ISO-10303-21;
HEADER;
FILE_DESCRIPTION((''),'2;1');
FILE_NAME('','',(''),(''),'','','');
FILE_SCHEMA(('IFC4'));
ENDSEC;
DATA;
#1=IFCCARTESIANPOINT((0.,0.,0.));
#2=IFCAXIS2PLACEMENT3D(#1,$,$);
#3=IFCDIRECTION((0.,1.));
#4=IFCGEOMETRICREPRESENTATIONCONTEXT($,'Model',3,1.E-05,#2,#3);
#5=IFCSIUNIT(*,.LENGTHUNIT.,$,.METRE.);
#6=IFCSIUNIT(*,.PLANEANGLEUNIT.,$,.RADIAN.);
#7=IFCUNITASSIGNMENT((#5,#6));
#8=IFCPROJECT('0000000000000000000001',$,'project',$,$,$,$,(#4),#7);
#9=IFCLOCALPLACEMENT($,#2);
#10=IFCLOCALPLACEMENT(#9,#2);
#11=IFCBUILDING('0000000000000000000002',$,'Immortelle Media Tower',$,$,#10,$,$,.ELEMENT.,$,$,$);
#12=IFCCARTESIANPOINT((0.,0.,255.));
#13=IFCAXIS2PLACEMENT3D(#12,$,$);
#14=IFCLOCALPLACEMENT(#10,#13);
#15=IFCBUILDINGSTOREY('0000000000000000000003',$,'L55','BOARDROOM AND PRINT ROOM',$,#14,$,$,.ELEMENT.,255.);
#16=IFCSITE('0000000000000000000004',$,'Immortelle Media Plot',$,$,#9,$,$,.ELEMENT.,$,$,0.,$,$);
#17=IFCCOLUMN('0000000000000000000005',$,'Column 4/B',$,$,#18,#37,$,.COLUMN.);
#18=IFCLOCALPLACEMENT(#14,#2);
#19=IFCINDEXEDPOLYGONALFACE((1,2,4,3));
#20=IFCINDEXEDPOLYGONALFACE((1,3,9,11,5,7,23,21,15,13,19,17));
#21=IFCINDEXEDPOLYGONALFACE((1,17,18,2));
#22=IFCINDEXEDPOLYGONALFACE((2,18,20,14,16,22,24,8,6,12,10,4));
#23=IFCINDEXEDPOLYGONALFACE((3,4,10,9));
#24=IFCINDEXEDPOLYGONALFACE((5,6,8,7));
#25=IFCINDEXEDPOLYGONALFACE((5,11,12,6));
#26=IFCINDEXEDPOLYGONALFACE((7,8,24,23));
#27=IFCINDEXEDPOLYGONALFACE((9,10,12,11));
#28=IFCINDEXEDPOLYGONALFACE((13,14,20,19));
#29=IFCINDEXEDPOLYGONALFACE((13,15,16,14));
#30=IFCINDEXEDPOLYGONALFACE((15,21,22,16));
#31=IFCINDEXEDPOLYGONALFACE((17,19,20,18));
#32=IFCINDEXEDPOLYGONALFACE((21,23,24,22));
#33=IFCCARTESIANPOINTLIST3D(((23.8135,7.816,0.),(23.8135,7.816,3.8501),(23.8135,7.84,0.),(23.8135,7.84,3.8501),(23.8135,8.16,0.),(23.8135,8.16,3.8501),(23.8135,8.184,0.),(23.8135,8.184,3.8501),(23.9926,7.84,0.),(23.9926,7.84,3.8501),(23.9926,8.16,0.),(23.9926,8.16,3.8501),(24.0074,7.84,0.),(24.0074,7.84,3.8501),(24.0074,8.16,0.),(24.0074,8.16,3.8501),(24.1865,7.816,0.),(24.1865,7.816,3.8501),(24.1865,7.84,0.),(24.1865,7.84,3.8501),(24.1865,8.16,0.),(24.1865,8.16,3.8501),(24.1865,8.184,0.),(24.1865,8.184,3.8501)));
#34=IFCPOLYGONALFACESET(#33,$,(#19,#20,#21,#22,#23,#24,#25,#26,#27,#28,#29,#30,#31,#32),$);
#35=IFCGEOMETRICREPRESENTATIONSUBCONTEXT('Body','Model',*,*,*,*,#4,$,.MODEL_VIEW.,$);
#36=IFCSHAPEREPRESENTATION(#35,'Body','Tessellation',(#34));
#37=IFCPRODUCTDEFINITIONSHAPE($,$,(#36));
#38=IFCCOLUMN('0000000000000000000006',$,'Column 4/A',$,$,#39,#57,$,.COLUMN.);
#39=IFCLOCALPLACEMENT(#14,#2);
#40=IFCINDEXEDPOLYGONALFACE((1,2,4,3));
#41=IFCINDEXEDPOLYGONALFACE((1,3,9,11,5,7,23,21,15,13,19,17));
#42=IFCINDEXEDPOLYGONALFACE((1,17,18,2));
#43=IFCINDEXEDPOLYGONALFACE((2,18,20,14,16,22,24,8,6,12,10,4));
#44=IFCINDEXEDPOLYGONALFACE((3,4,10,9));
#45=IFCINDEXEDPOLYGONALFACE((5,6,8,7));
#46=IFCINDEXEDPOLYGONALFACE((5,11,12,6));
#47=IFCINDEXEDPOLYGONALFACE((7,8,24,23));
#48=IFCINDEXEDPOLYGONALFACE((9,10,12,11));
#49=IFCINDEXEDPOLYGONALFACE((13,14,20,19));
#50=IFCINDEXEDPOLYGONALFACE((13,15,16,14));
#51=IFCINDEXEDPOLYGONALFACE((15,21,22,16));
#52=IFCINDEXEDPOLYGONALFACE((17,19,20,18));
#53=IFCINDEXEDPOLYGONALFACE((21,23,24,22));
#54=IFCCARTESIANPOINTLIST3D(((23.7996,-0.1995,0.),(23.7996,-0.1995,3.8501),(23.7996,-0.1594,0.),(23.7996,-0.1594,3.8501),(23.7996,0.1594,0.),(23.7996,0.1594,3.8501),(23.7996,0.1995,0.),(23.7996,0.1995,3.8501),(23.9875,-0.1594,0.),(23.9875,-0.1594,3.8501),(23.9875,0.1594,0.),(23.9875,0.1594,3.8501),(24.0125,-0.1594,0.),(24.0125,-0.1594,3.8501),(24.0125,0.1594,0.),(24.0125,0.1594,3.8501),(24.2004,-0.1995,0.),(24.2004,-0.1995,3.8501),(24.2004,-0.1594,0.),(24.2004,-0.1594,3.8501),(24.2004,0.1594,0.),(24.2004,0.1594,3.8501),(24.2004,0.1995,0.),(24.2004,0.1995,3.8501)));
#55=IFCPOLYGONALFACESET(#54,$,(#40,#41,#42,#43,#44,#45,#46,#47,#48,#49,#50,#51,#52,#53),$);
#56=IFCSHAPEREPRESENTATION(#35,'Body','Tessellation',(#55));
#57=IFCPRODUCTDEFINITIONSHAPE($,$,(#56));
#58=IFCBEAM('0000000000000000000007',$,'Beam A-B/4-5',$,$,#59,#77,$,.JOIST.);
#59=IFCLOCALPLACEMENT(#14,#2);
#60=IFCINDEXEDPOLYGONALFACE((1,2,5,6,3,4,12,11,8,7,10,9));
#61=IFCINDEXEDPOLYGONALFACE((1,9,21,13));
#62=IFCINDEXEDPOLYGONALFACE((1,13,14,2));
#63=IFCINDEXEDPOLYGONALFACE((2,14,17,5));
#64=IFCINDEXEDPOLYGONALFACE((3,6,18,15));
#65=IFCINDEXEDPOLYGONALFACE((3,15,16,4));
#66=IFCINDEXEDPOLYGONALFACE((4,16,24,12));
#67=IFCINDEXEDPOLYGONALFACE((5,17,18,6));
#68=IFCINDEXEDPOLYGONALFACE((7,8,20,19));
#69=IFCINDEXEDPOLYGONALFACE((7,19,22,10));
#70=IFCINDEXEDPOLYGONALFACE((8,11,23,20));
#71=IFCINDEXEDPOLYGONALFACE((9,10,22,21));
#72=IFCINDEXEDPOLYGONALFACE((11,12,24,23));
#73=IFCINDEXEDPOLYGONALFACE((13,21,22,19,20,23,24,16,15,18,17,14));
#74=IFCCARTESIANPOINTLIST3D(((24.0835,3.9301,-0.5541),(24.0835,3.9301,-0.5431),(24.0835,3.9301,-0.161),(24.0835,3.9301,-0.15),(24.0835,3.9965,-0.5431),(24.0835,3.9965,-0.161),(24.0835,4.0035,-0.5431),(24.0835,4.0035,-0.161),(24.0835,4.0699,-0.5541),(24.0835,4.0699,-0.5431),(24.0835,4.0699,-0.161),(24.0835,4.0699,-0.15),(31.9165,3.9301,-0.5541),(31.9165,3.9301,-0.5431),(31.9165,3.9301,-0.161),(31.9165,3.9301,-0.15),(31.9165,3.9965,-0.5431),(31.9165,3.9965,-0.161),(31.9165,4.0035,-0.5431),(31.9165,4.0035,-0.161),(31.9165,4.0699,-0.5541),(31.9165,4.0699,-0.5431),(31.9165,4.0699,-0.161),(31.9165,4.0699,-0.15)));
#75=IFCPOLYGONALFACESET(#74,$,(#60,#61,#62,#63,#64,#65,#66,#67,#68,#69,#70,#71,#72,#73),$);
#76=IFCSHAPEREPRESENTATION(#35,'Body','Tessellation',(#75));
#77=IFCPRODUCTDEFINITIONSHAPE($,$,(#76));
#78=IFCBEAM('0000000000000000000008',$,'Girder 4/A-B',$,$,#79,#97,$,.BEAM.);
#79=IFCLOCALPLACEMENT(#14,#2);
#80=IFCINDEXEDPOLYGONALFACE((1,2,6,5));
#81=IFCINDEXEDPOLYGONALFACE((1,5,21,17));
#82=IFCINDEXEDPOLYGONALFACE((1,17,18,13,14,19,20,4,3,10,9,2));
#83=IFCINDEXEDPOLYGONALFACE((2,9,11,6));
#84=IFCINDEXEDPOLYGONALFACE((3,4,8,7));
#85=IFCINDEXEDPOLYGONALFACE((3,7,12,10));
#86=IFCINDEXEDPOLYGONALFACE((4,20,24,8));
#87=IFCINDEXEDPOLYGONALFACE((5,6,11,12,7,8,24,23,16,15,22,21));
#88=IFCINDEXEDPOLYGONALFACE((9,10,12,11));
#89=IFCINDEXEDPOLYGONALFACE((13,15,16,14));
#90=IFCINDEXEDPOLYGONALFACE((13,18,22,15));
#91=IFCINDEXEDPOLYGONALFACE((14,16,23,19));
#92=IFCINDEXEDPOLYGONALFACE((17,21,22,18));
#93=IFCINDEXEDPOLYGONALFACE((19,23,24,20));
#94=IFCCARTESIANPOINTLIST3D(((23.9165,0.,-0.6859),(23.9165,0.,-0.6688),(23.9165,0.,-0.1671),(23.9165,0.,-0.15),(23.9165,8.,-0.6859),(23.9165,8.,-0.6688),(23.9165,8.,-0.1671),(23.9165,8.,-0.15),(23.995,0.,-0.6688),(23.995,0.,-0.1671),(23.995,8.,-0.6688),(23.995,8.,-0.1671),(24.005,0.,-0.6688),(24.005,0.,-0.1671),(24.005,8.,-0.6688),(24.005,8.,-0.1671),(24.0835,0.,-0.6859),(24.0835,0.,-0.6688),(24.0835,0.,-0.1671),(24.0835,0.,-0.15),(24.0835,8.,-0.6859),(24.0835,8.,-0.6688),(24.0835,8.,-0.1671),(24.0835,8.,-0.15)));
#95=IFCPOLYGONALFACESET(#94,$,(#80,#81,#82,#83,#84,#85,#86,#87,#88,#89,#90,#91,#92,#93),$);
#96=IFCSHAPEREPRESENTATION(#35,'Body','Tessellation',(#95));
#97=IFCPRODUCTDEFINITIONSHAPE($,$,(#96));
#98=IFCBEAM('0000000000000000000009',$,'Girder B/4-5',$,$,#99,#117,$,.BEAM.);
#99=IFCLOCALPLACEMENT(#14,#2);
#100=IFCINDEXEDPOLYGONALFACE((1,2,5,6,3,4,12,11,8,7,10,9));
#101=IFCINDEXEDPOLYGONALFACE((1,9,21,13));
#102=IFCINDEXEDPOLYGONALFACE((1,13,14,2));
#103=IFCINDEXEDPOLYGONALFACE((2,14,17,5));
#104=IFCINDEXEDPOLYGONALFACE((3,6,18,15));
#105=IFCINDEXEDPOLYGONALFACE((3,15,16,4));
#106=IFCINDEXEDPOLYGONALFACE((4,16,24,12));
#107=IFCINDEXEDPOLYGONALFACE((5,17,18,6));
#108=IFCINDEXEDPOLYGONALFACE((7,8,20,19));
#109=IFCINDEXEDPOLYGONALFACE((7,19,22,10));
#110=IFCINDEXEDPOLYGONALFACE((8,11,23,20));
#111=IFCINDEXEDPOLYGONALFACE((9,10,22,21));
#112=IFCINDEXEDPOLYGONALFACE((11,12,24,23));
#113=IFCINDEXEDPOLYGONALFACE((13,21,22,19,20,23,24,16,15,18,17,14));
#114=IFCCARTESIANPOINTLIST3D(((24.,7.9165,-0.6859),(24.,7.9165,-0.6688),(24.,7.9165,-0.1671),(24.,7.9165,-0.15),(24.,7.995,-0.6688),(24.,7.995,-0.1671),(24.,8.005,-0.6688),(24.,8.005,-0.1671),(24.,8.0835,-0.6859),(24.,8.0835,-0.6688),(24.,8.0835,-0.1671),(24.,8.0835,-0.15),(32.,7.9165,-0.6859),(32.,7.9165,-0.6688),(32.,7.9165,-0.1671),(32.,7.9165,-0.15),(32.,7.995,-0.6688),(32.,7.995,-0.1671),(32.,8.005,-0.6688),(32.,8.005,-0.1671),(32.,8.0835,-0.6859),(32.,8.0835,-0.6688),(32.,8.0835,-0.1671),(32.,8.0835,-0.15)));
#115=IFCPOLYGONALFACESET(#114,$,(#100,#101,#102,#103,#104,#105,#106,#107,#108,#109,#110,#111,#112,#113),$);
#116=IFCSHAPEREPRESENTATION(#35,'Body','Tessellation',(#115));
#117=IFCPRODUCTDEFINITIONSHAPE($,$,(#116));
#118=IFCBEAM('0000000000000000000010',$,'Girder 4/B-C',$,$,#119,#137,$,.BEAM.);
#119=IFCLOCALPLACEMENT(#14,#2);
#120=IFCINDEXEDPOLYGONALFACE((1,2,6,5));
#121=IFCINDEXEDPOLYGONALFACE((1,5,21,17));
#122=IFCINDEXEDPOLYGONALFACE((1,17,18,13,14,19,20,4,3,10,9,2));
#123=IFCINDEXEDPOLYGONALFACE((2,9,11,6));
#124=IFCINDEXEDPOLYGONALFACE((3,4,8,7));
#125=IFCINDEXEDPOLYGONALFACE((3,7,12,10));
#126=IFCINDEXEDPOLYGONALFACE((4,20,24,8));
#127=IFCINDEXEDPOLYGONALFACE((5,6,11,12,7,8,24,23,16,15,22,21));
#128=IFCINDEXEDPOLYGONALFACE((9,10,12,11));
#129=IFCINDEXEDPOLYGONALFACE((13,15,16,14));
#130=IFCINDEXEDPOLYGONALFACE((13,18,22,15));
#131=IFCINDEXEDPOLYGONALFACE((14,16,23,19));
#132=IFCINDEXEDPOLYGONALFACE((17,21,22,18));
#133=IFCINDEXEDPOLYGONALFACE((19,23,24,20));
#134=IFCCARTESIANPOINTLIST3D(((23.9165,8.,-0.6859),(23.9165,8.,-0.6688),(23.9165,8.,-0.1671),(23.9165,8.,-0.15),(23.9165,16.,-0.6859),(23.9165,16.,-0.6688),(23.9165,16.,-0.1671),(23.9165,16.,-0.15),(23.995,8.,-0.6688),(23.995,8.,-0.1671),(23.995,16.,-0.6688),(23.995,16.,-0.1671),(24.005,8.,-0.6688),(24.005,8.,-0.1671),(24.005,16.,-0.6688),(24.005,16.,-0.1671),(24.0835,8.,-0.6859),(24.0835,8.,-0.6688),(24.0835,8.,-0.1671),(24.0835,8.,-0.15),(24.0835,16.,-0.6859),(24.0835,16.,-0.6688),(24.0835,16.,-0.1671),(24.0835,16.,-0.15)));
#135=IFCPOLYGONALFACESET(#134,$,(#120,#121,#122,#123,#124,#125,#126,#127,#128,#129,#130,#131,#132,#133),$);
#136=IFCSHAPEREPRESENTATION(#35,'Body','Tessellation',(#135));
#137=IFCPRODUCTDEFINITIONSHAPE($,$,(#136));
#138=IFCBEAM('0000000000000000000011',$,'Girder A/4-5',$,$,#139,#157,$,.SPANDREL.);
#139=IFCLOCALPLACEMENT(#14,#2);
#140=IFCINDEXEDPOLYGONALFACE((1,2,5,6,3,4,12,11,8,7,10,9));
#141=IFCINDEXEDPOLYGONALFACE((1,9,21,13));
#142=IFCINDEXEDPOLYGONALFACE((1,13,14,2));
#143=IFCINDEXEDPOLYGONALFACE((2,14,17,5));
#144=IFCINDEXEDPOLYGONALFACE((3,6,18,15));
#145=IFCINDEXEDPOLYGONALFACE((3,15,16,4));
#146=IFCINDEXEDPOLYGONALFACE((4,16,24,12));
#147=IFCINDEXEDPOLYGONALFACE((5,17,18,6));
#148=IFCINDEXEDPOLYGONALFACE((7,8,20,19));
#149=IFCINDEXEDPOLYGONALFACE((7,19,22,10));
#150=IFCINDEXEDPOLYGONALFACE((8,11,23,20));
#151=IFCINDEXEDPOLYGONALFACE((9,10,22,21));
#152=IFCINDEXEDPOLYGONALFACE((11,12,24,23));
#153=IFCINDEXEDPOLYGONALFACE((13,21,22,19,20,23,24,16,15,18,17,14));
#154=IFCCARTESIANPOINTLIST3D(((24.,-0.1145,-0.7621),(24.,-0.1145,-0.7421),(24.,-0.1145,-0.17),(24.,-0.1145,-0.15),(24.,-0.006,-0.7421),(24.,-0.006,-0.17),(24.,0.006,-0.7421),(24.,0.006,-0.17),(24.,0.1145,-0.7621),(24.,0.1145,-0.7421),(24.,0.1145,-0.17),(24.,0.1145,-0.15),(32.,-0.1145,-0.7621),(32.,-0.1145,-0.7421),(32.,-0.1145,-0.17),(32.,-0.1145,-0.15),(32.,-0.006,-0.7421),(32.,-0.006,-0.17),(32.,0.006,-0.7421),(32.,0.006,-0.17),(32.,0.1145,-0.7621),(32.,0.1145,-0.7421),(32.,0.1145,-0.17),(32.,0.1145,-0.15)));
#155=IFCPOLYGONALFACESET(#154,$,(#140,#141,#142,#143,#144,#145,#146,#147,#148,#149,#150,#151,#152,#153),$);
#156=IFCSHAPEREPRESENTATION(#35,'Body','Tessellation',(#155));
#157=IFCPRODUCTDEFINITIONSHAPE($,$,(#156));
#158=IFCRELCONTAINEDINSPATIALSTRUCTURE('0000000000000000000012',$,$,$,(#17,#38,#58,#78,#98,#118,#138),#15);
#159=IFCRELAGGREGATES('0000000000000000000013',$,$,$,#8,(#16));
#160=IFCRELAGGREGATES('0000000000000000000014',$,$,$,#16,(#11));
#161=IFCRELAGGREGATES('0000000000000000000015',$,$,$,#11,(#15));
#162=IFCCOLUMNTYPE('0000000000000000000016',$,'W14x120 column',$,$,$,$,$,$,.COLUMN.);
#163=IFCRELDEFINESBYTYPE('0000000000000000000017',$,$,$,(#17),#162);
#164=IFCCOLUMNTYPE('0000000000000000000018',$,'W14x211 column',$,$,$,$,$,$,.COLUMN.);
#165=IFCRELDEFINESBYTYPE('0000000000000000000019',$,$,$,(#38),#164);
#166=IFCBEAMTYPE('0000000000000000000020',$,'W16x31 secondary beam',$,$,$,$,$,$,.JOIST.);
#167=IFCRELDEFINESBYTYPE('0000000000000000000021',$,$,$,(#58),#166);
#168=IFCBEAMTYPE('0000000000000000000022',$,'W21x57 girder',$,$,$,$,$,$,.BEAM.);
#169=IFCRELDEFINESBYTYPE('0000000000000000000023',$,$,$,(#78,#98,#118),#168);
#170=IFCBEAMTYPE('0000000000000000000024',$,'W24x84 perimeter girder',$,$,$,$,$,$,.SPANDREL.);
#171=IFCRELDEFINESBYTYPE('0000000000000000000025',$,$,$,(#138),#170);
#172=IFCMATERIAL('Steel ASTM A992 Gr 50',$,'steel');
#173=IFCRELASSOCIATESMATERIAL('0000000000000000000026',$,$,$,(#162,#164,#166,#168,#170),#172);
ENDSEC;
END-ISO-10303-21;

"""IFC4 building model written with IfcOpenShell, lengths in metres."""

from ifc_helpers import new_model, si_unit, direction, frame, origin, origin_2d, place, context, subcontext, project, spatial, i_section, extrude, material, material_profile, profile_set, type_object, element, save


model = new_model("IFC4")

# Units and contexts
model_context = context("Model", 3, precision=1e-05, world=origin(), true_north=direction((0.0, 1.0)))
body_context = subcontext(model_context, "Body", "Model", "MODEL_VIEW")
ifc_project = project(units=[si_unit("LENGTHUNIT", "METRE"), si_unit("PLANEANGLEUNIT", "RADIAN")], contexts=[model_context])

# Site, building, storey
site_placement = place(None, origin())
site = spatial("IfcSite", under=ifc_project, at=site_placement, Name="Immortelle Media Plot", CompositionType="ELEMENT", RefElevation=0.0)
building_placement = place(site_placement, origin())
building = spatial("IfcBuilding", under=site, at=building_placement, Name="Immortelle Media Tower", CompositionType="ELEMENT")
storey_placement = place(building_placement, frame((0.0, 0.0, 255.0)))
storey = spatial("IfcBuildingStorey", under=building, at=storey_placement, Name="L55", Description="BOARDROOM AND PRINT ROOM", CompositionType="ELEMENT", Elevation=255.0)

# Columns
ifc_material_1 = material(Name="Steel ASTM A992 Gr 50", Category="steel")
ifc_material_profile_1 = material_profile(ifc_material_1, i_section(OverallWidth=0.373, OverallDepth=0.3679, WebThickness=0.0149, FlangeThickness=0.0239, at=origin_2d()), Name="W14x120")
ifc_profile_set_1 = profile_set([ifc_material_profile_1], Name="Steel ASTM A992 Gr 50")
column_type_1 = type_object("IfcColumnType", Name="W14x120 column", PredefinedType="COLUMN", material=ifc_profile_set_1)
column_1_placement = place(storey_placement, frame((24.0, 8.0, 0.0), z_axis=(0.0, 0.0, 1.0), x_axis=(1.0, 0.0, 0.0)))
element("IfcColumn", 1, at=column_1_placement, inside=storey, type_object=column_type_1, Name="Column 4/B", PredefinedType="COLUMN", context=body_context, shape_type="SweptSolid", body=[
    extrude(i_section(OverallWidth=0.373, OverallDepth=0.3679, WebThickness=0.0149, FlangeThickness=0.0239, at=origin_2d()), origin(), (0.0, 0.0, 1.0), 3.8501),
])
ifc_material_profile_2 = material_profile(ifc_material_1, i_section(OverallWidth=0.4009, OverallDepth=0.3989, WebThickness=0.0249, FlangeThickness=0.04, at=origin_2d()), Name="W14x211")
ifc_profile_set_2 = profile_set([ifc_material_profile_2], Name="Steel ASTM A992 Gr 50")
column_type_2 = type_object("IfcColumnType", Name="W14x211 column", PredefinedType="COLUMN", material=ifc_profile_set_2)
column_2_placement = place(storey_placement, frame((24.0, 0.0, 0.0), z_axis=(0.0, 0.0, 1.0), x_axis=(1.0, 0.0, 0.0)))
element("IfcColumn", 2, at=column_2_placement, inside=storey, type_object=column_type_2, Name="Column 4/A", PredefinedType="COLUMN", context=body_context, shape_type="SweptSolid", body=[
    extrude(i_section(OverallWidth=0.4009, OverallDepth=0.3989, WebThickness=0.0249, FlangeThickness=0.04, at=origin_2d()), origin(), (0.0, 0.0, 1.0), 3.8501),
])

# Beams
ifc_material_profile_3 = material_profile(ifc_material_1, i_section(OverallWidth=0.1399, OverallDepth=0.4041, WebThickness=0.0071, FlangeThickness=0.011, at=origin_2d()), Name="W16x31")
ifc_profile_set_3 = profile_set([ifc_material_profile_3], Name="Steel ASTM A992 Gr 50")
beam_type_1 = type_object("IfcBeamType", Name="W16x31 secondary beam", PredefinedType="JOIST", material=ifc_profile_set_3)
beam_1_placement = place(storey_placement, frame((24.0835, 4.0, -0.3521), z_axis=(1.0, 0.0, 0.0), x_axis=(0.0, 1.0, 0.0)))
element("IfcBeam", 3, at=beam_1_placement, inside=storey, type_object=beam_type_1, Name="Beam A-B/4-5", PredefinedType="JOIST", context=body_context, shape_type="SweptSolid", body=[
    extrude(i_section(OverallWidth=0.1399, OverallDepth=0.4041, WebThickness=0.0071, FlangeThickness=0.011, at=origin_2d()), origin(), (0.0, 0.0, 1.0), 7.833),
])
ifc_material_profile_4 = material_profile(ifc_material_1, i_section(OverallWidth=0.167, OverallDepth=0.5359, WebThickness=0.01, FlangeThickness=0.0171, at=origin_2d()), Name="W21x57")
ifc_profile_set_4 = profile_set([ifc_material_profile_4], Name="Steel ASTM A992 Gr 50")
beam_type_2 = type_object("IfcBeamType", Name="W21x57 girder", PredefinedType="BEAM", material=ifc_profile_set_4)
for number, where, z_axis, x_axis, name in (
    (4, (24.0, 0.0, -0.418), (0.0, 1.0, 0.0), (-1.0, 0.0, 0.0), "Girder 4/A-B"),
    (5, (24.0, 8.0, -0.418), (1.0, 0.0, 0.0), (0.0, 1.0, 0.0), "Girder B/4-5"),
    (6, (24.0, 8.0, -0.418), (0.0, 1.0, 0.0), (-1.0, 0.0, 0.0), "Girder 4/B-C"),
):
    element("IfcBeam", number, at=place(storey_placement, frame(where, z_axis=z_axis, x_axis=x_axis)), inside=storey, type_object=beam_type_2, Name=name, PredefinedType="BEAM", context=body_context, shape_type="SweptSolid", body=[
        extrude(i_section(OverallWidth=0.167, OverallDepth=0.5359, WebThickness=0.01, FlangeThickness=0.0171, at=origin_2d()), origin(), (0.0, 0.0, 1.0), 8.0),
    ])
ifc_material_profile_5 = material_profile(ifc_material_1, i_section(OverallWidth=0.229, OverallDepth=0.6121, WebThickness=0.012, FlangeThickness=0.02, at=origin_2d()), Name="W24x84")
ifc_profile_set_5 = profile_set([ifc_material_profile_5], Name="Steel ASTM A992 Gr 50")
beam_type_3 = type_object("IfcBeamType", Name="W24x84 perimeter girder", PredefinedType="SPANDREL", material=ifc_profile_set_5)
beam_2_placement = place(storey_placement, frame((24.0, 0.0, -0.4561), z_axis=(1.0, 0.0, 0.0), x_axis=(0.0, 1.0, 0.0)))
element("IfcBeam", 7, at=beam_2_placement, inside=storey, type_object=beam_type_3, Name="Girder A/4-5", PredefinedType="SPANDREL", context=body_context, shape_type="SweptSolid", body=[
    extrude(i_section(OverallWidth=0.229, OverallDepth=0.6121, WebThickness=0.012, FlangeThickness=0.02, at=origin_2d()), origin(), (0.0, 0.0, 1.0), 8.0),
])

save(model, "model.ifc")
